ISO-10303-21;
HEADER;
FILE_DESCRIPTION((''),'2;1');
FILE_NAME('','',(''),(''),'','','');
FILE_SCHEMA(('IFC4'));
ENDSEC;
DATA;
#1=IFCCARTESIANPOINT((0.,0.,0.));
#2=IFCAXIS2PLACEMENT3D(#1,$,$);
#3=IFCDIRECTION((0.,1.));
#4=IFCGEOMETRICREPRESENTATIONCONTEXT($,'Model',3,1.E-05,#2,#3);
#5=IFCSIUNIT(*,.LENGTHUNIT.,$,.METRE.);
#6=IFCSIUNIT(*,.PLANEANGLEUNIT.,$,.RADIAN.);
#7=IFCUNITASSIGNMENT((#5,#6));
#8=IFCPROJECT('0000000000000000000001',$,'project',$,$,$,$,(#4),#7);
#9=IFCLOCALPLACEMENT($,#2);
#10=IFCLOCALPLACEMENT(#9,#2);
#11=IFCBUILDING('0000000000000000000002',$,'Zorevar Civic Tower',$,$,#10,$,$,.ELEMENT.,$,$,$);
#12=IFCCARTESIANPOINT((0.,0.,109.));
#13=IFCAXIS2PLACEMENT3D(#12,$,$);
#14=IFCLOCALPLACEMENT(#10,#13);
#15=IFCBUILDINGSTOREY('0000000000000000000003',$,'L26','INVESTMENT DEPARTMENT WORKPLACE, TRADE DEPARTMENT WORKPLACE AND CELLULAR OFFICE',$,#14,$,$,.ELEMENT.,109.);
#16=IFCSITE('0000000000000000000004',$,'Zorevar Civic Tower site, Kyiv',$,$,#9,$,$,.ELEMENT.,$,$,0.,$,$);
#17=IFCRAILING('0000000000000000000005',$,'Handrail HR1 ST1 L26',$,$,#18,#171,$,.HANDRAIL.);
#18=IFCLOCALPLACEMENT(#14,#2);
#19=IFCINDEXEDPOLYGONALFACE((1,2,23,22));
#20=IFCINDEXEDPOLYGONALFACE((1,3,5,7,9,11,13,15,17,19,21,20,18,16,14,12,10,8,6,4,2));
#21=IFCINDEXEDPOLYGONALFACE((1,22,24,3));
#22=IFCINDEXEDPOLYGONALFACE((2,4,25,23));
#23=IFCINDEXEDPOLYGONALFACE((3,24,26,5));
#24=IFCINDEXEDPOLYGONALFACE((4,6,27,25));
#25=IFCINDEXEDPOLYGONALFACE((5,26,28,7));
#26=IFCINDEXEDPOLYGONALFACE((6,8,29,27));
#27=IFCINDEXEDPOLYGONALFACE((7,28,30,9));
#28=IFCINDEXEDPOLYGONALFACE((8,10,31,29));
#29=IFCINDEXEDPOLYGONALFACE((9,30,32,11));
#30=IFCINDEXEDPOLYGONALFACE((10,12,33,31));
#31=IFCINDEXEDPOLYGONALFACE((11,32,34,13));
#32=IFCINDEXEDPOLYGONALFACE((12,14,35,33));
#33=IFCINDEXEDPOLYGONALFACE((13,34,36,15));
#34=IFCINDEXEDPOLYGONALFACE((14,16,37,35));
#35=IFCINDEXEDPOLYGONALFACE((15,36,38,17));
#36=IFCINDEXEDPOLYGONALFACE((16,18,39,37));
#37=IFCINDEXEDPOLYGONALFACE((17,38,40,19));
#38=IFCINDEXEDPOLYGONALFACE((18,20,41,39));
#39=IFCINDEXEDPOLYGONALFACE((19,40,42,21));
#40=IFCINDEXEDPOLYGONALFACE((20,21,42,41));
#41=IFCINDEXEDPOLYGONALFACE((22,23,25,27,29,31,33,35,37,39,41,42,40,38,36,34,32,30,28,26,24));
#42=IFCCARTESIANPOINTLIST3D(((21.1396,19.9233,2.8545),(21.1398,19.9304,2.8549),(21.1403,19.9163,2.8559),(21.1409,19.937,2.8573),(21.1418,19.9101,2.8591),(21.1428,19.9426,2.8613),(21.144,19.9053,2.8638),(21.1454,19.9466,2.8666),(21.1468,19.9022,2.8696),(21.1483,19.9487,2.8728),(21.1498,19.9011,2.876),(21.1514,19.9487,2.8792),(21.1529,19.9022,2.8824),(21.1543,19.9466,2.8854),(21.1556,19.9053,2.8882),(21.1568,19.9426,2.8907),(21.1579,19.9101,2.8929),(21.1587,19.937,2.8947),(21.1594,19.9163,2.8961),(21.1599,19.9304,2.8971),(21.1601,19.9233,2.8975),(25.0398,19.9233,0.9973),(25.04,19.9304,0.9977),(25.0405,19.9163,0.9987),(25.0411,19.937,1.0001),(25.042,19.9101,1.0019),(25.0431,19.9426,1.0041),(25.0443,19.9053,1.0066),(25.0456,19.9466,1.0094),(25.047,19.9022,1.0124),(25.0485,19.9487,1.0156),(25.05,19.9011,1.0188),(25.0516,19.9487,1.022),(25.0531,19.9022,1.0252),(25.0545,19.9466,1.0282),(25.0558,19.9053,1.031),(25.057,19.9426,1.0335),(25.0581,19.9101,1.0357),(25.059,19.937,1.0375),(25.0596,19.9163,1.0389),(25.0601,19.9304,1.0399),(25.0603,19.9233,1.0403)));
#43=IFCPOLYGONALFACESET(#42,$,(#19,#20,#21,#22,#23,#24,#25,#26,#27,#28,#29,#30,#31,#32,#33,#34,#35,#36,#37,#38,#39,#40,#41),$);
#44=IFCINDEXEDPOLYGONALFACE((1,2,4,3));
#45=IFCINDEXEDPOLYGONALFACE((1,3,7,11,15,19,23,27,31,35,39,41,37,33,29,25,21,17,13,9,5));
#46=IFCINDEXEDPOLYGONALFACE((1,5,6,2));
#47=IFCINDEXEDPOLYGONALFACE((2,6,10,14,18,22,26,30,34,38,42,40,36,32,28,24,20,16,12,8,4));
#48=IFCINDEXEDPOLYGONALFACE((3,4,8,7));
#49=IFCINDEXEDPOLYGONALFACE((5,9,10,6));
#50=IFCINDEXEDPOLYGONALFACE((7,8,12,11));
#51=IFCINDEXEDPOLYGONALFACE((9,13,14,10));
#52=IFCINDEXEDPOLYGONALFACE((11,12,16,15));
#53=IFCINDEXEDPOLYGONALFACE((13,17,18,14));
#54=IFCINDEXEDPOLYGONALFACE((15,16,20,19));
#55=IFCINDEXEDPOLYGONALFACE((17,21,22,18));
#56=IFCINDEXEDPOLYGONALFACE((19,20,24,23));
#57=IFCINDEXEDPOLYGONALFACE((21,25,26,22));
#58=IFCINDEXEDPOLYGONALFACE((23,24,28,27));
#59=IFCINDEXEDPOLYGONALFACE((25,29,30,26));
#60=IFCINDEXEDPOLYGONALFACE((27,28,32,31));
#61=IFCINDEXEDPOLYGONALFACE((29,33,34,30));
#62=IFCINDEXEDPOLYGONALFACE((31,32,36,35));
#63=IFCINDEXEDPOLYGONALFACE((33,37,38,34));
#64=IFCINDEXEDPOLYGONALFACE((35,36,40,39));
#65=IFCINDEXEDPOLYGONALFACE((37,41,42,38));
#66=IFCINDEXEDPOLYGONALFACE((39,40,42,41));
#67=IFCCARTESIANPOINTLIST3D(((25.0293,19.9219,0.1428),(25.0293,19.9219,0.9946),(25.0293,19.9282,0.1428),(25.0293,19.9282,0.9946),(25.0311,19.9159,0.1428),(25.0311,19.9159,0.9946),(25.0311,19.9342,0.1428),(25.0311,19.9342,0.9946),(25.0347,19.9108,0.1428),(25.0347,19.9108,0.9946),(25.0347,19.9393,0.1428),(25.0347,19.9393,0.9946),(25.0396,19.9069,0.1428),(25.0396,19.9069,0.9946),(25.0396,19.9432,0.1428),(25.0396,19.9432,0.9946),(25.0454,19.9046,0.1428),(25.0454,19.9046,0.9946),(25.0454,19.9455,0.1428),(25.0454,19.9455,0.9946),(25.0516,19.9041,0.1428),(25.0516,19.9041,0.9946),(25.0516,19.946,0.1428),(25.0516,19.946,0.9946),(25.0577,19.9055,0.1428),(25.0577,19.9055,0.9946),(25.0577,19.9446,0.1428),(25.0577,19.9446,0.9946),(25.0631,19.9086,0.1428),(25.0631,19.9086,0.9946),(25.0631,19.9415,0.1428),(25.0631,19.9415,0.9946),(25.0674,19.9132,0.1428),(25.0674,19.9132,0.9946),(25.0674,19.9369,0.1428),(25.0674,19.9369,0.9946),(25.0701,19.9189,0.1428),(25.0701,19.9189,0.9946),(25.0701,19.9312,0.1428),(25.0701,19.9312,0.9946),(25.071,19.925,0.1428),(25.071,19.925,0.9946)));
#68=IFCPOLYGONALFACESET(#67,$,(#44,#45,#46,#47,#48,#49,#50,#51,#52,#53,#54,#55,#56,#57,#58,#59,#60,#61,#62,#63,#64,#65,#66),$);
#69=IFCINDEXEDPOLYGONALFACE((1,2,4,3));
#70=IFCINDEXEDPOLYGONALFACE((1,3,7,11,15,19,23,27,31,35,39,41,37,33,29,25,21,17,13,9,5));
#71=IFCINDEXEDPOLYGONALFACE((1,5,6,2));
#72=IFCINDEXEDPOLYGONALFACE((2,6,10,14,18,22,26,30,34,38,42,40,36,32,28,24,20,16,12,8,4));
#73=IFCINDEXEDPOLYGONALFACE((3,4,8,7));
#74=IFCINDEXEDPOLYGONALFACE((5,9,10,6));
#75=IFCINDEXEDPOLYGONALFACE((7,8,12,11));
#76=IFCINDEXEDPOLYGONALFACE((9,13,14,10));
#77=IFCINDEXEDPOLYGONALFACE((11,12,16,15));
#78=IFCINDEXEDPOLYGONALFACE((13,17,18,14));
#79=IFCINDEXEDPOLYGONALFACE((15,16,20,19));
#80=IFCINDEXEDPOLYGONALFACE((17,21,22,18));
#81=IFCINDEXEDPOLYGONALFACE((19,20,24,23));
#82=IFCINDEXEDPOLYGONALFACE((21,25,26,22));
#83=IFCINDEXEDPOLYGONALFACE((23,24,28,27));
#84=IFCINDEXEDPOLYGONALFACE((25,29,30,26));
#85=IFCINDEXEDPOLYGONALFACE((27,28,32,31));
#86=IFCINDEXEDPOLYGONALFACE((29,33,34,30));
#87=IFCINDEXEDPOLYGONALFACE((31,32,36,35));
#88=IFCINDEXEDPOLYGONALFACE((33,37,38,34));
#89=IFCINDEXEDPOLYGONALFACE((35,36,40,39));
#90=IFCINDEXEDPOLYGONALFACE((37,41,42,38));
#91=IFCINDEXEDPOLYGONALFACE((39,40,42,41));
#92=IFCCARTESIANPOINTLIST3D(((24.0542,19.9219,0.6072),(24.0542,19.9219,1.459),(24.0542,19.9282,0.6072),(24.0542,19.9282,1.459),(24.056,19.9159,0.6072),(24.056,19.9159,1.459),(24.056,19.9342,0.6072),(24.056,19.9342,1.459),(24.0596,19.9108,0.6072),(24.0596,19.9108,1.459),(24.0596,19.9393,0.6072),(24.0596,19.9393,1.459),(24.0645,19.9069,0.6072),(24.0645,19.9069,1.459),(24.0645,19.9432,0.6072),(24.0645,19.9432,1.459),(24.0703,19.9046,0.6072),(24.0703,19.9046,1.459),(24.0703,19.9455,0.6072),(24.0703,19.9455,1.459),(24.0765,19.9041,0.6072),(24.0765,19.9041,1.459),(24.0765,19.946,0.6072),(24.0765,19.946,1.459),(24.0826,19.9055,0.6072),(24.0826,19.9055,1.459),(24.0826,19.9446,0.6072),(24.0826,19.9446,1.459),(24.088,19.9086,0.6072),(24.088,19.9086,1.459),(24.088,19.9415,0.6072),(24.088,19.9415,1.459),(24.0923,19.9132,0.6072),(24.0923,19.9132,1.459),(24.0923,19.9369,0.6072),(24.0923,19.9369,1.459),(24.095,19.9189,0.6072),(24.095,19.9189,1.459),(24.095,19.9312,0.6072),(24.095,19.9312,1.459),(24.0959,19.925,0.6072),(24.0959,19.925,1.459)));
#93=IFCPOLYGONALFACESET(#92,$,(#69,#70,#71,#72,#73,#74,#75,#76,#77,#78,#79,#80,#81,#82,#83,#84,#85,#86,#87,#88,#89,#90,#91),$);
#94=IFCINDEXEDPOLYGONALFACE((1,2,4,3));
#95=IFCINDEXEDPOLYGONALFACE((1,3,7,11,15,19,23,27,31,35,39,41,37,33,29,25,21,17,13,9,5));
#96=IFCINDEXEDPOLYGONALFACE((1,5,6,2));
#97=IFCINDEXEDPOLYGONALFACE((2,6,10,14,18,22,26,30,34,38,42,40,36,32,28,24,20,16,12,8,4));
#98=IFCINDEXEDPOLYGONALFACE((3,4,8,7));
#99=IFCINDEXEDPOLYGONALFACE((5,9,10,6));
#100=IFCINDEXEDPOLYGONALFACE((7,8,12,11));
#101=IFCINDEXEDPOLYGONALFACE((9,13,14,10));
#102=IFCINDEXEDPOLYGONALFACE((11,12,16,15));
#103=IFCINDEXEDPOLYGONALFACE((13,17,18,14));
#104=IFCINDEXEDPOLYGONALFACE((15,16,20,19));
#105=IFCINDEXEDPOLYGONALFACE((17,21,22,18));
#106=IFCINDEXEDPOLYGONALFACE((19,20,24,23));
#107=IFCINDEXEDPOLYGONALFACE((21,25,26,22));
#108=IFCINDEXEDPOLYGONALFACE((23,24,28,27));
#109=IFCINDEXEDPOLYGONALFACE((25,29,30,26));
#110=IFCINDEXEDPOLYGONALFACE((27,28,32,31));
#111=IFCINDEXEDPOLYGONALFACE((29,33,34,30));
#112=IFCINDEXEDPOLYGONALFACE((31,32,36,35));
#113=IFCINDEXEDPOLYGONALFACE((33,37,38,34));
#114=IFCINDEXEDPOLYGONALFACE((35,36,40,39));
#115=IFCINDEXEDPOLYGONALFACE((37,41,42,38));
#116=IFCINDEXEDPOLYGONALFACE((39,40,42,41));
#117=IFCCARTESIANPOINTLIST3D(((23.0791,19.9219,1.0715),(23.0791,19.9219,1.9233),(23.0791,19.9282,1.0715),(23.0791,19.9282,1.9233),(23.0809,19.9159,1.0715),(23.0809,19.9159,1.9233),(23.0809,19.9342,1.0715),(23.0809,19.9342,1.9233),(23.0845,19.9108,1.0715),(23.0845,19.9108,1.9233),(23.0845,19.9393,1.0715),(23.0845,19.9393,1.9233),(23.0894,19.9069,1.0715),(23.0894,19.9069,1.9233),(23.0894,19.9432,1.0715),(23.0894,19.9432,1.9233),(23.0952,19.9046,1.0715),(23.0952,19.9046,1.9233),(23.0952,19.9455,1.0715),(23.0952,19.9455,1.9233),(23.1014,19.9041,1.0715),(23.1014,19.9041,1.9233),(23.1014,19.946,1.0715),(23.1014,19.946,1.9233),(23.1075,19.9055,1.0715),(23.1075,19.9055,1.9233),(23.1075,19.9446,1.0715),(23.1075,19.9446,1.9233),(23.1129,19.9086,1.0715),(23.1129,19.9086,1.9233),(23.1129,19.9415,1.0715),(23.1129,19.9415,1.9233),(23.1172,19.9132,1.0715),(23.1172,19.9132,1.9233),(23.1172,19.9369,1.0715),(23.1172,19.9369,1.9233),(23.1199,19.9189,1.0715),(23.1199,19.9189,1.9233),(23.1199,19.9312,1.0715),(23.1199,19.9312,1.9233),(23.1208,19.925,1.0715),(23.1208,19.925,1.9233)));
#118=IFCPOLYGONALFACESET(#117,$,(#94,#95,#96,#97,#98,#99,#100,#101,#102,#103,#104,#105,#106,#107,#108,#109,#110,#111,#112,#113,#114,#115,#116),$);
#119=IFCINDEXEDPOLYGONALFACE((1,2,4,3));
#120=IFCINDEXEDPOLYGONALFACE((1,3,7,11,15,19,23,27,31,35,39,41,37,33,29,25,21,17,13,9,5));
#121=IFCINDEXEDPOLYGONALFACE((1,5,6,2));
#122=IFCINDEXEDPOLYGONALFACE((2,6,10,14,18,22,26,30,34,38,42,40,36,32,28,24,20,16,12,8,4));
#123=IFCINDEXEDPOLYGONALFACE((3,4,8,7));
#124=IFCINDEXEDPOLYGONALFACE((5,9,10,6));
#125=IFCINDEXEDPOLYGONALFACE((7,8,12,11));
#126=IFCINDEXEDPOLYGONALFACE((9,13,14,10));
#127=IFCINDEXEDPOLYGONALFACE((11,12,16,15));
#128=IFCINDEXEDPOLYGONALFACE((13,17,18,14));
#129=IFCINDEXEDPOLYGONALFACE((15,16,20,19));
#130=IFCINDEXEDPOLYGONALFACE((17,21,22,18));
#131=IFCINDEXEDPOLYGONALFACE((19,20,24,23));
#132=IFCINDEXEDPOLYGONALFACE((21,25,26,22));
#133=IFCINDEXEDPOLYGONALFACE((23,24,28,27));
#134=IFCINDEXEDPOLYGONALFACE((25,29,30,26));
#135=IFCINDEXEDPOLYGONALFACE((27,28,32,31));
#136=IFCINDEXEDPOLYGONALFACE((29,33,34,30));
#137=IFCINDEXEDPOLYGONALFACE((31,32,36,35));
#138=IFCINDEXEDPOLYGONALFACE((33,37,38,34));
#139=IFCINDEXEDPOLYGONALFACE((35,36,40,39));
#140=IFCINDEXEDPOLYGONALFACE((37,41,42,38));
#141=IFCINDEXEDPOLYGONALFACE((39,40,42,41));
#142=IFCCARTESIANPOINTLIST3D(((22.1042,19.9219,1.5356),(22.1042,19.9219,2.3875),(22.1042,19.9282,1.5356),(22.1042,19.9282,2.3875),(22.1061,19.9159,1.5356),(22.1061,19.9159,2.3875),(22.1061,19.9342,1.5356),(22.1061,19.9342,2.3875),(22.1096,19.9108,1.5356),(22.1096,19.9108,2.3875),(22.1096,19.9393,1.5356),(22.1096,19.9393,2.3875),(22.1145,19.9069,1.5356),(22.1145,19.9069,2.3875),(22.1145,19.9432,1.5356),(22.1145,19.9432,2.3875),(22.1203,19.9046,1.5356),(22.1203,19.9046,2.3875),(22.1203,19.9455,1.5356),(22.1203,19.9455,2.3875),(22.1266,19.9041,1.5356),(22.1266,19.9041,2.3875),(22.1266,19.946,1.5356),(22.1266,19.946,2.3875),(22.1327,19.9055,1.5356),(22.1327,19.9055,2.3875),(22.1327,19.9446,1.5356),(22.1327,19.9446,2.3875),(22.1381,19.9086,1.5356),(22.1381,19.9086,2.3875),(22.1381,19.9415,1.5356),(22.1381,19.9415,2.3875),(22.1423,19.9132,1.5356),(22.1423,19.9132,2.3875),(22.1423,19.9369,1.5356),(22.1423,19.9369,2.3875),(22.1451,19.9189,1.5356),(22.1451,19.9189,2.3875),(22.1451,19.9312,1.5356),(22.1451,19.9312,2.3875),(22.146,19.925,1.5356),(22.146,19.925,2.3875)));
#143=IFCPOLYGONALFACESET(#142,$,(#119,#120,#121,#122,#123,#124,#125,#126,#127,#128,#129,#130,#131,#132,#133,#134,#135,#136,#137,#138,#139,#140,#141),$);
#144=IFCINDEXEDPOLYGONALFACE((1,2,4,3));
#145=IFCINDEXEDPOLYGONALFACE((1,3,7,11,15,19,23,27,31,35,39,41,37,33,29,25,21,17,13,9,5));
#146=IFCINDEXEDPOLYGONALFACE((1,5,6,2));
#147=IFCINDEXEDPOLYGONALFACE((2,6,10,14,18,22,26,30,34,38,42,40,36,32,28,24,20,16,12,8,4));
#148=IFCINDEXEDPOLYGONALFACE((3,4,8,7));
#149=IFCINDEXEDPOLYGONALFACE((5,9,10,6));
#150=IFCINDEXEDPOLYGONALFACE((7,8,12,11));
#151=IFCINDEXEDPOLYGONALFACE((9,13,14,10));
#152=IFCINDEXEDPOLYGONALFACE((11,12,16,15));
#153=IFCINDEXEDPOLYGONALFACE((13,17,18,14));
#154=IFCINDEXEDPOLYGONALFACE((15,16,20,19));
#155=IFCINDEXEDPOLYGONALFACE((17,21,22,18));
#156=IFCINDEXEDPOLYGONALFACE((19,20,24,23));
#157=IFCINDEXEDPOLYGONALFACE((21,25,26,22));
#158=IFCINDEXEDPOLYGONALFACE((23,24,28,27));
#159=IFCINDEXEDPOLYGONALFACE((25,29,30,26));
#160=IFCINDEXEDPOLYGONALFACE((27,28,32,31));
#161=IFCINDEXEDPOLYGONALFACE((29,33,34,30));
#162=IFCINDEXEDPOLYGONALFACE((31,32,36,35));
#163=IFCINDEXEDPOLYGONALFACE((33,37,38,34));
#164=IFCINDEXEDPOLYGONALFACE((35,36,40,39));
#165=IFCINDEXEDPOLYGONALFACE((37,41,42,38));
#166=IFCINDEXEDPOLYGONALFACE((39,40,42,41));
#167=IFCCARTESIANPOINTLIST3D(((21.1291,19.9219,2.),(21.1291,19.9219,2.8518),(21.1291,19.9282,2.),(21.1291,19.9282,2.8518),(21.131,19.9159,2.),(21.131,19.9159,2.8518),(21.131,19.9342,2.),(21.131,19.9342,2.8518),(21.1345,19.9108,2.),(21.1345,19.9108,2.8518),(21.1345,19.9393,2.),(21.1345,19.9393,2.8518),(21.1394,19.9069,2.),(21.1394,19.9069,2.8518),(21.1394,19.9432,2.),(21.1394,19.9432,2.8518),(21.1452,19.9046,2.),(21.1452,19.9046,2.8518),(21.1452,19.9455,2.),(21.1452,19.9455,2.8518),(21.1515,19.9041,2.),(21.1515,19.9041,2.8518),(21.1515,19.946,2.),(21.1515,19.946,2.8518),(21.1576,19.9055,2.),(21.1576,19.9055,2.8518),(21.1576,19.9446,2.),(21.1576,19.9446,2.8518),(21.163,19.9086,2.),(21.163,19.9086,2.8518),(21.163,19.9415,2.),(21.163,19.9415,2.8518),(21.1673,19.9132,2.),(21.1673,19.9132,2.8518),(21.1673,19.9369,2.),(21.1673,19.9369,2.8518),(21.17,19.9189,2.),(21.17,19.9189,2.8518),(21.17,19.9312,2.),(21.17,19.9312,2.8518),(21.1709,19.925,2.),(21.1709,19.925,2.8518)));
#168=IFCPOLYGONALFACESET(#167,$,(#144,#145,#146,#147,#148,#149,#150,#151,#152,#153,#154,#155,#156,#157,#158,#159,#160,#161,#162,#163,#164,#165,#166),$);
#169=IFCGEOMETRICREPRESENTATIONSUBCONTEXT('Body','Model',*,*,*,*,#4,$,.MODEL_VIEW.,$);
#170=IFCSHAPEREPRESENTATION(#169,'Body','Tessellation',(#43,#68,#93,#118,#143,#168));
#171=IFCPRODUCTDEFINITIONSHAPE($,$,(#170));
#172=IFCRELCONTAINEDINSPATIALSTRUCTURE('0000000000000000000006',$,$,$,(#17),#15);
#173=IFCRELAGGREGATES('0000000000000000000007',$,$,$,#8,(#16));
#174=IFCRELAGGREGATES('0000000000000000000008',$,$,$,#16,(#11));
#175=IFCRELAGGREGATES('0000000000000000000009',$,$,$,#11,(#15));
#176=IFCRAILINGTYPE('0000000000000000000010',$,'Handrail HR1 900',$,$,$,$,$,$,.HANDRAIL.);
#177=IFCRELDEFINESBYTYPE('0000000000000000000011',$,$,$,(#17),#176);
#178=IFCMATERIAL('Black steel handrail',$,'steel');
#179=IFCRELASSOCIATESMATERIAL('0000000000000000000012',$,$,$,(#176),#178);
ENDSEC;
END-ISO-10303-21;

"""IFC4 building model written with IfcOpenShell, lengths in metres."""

from ifc_helpers import new_model, si_unit, direction, frame, origin, origin_2d, place, context, subcontext, project, spatial, circle, extrude, material, type_object, element, save


model = new_model("IFC4")

# Units and contexts
model_context = context("Model", 3, precision=1e-05, world=origin(), true_north=direction((0.0, 1.0)))
body_context = subcontext(model_context, "Body", "Model", "MODEL_VIEW")
ifc_project = project(units=[si_unit("LENGTHUNIT", "METRE"), si_unit("PLANEANGLEUNIT", "RADIAN")], contexts=[model_context])

# Site, building, storey
site_placement = place(None, origin())
site = spatial("IfcSite", under=ifc_project, at=site_placement, Name="Zorevar Civic Tower site, Kyiv", CompositionType="ELEMENT", RefElevation=0.0)
building_placement = place(site_placement, origin())
building = spatial("IfcBuilding", under=site, at=building_placement, Name="Zorevar Civic Tower", CompositionType="ELEMENT")
storey_placement = place(building_placement, frame((0.0, 0.0, 109.0)))
storey = spatial("IfcBuildingStorey", under=building, at=storey_placement, Name="L26", Description="INVESTMENT DEPARTMENT WORKPLACE, TRADE DEPARTMENT WORKPLACE AND CELLULAR OFFICE", CompositionType="ELEMENT", Elevation=109.0)

# Railing
ifc_material_1 = material(Name="Black steel handrail", Category="steel")
railing_type = type_object("IfcRailingType", Name="Handrail HR1 900", PredefinedType="HANDRAIL", material=ifc_material_1)
railing_1_placement = place(storey_placement, frame((25.05, 19.925, 0.1428)))
element("IfcRailing", 1, at=railing_1_placement, inside=storey, type_object=railing_type, Name="Handrail HR1 ST1 L26", PredefinedType="HANDRAIL", context=body_context, shape_type="SweptSolid", body=[
    extrude(circle(Radius=0.0239, at=origin_2d()), frame((0.0, 0.0, 0.876), z_axis=(-0.902864, 0.0, 0.429927), x_axis=(0.0, -1.0, 0.0)), (0.0, 0.0, 1.0), 4.3198),
    extrude(circle(Radius=0.021, at=origin_2d()), origin(), (0.0, 0.0, 1.0), 0.8518),
    extrude(circle(Radius=0.021, at=origin_2d()), frame((-0.9751, 0.0, 0.4644)), (0.0, 0.0, 1.0), 0.8518),
    extrude(circle(Radius=0.021, at=origin_2d()), frame((-1.9502, 0.0, 0.9287)), (0.0, 0.0, 1.0), 0.8518),
    extrude(circle(Radius=0.021, at=origin_2d()), frame((-2.925, 0.0, 1.3928)), (0.0, 0.0, 1.0), 0.8518),
    extrude(circle(Radius=0.021, at=origin_2d()), frame((-3.9001, 0.0, 1.8572)), (0.0, 0.0, 1.0), 0.8518),
])

save(model, "model.ifc")
